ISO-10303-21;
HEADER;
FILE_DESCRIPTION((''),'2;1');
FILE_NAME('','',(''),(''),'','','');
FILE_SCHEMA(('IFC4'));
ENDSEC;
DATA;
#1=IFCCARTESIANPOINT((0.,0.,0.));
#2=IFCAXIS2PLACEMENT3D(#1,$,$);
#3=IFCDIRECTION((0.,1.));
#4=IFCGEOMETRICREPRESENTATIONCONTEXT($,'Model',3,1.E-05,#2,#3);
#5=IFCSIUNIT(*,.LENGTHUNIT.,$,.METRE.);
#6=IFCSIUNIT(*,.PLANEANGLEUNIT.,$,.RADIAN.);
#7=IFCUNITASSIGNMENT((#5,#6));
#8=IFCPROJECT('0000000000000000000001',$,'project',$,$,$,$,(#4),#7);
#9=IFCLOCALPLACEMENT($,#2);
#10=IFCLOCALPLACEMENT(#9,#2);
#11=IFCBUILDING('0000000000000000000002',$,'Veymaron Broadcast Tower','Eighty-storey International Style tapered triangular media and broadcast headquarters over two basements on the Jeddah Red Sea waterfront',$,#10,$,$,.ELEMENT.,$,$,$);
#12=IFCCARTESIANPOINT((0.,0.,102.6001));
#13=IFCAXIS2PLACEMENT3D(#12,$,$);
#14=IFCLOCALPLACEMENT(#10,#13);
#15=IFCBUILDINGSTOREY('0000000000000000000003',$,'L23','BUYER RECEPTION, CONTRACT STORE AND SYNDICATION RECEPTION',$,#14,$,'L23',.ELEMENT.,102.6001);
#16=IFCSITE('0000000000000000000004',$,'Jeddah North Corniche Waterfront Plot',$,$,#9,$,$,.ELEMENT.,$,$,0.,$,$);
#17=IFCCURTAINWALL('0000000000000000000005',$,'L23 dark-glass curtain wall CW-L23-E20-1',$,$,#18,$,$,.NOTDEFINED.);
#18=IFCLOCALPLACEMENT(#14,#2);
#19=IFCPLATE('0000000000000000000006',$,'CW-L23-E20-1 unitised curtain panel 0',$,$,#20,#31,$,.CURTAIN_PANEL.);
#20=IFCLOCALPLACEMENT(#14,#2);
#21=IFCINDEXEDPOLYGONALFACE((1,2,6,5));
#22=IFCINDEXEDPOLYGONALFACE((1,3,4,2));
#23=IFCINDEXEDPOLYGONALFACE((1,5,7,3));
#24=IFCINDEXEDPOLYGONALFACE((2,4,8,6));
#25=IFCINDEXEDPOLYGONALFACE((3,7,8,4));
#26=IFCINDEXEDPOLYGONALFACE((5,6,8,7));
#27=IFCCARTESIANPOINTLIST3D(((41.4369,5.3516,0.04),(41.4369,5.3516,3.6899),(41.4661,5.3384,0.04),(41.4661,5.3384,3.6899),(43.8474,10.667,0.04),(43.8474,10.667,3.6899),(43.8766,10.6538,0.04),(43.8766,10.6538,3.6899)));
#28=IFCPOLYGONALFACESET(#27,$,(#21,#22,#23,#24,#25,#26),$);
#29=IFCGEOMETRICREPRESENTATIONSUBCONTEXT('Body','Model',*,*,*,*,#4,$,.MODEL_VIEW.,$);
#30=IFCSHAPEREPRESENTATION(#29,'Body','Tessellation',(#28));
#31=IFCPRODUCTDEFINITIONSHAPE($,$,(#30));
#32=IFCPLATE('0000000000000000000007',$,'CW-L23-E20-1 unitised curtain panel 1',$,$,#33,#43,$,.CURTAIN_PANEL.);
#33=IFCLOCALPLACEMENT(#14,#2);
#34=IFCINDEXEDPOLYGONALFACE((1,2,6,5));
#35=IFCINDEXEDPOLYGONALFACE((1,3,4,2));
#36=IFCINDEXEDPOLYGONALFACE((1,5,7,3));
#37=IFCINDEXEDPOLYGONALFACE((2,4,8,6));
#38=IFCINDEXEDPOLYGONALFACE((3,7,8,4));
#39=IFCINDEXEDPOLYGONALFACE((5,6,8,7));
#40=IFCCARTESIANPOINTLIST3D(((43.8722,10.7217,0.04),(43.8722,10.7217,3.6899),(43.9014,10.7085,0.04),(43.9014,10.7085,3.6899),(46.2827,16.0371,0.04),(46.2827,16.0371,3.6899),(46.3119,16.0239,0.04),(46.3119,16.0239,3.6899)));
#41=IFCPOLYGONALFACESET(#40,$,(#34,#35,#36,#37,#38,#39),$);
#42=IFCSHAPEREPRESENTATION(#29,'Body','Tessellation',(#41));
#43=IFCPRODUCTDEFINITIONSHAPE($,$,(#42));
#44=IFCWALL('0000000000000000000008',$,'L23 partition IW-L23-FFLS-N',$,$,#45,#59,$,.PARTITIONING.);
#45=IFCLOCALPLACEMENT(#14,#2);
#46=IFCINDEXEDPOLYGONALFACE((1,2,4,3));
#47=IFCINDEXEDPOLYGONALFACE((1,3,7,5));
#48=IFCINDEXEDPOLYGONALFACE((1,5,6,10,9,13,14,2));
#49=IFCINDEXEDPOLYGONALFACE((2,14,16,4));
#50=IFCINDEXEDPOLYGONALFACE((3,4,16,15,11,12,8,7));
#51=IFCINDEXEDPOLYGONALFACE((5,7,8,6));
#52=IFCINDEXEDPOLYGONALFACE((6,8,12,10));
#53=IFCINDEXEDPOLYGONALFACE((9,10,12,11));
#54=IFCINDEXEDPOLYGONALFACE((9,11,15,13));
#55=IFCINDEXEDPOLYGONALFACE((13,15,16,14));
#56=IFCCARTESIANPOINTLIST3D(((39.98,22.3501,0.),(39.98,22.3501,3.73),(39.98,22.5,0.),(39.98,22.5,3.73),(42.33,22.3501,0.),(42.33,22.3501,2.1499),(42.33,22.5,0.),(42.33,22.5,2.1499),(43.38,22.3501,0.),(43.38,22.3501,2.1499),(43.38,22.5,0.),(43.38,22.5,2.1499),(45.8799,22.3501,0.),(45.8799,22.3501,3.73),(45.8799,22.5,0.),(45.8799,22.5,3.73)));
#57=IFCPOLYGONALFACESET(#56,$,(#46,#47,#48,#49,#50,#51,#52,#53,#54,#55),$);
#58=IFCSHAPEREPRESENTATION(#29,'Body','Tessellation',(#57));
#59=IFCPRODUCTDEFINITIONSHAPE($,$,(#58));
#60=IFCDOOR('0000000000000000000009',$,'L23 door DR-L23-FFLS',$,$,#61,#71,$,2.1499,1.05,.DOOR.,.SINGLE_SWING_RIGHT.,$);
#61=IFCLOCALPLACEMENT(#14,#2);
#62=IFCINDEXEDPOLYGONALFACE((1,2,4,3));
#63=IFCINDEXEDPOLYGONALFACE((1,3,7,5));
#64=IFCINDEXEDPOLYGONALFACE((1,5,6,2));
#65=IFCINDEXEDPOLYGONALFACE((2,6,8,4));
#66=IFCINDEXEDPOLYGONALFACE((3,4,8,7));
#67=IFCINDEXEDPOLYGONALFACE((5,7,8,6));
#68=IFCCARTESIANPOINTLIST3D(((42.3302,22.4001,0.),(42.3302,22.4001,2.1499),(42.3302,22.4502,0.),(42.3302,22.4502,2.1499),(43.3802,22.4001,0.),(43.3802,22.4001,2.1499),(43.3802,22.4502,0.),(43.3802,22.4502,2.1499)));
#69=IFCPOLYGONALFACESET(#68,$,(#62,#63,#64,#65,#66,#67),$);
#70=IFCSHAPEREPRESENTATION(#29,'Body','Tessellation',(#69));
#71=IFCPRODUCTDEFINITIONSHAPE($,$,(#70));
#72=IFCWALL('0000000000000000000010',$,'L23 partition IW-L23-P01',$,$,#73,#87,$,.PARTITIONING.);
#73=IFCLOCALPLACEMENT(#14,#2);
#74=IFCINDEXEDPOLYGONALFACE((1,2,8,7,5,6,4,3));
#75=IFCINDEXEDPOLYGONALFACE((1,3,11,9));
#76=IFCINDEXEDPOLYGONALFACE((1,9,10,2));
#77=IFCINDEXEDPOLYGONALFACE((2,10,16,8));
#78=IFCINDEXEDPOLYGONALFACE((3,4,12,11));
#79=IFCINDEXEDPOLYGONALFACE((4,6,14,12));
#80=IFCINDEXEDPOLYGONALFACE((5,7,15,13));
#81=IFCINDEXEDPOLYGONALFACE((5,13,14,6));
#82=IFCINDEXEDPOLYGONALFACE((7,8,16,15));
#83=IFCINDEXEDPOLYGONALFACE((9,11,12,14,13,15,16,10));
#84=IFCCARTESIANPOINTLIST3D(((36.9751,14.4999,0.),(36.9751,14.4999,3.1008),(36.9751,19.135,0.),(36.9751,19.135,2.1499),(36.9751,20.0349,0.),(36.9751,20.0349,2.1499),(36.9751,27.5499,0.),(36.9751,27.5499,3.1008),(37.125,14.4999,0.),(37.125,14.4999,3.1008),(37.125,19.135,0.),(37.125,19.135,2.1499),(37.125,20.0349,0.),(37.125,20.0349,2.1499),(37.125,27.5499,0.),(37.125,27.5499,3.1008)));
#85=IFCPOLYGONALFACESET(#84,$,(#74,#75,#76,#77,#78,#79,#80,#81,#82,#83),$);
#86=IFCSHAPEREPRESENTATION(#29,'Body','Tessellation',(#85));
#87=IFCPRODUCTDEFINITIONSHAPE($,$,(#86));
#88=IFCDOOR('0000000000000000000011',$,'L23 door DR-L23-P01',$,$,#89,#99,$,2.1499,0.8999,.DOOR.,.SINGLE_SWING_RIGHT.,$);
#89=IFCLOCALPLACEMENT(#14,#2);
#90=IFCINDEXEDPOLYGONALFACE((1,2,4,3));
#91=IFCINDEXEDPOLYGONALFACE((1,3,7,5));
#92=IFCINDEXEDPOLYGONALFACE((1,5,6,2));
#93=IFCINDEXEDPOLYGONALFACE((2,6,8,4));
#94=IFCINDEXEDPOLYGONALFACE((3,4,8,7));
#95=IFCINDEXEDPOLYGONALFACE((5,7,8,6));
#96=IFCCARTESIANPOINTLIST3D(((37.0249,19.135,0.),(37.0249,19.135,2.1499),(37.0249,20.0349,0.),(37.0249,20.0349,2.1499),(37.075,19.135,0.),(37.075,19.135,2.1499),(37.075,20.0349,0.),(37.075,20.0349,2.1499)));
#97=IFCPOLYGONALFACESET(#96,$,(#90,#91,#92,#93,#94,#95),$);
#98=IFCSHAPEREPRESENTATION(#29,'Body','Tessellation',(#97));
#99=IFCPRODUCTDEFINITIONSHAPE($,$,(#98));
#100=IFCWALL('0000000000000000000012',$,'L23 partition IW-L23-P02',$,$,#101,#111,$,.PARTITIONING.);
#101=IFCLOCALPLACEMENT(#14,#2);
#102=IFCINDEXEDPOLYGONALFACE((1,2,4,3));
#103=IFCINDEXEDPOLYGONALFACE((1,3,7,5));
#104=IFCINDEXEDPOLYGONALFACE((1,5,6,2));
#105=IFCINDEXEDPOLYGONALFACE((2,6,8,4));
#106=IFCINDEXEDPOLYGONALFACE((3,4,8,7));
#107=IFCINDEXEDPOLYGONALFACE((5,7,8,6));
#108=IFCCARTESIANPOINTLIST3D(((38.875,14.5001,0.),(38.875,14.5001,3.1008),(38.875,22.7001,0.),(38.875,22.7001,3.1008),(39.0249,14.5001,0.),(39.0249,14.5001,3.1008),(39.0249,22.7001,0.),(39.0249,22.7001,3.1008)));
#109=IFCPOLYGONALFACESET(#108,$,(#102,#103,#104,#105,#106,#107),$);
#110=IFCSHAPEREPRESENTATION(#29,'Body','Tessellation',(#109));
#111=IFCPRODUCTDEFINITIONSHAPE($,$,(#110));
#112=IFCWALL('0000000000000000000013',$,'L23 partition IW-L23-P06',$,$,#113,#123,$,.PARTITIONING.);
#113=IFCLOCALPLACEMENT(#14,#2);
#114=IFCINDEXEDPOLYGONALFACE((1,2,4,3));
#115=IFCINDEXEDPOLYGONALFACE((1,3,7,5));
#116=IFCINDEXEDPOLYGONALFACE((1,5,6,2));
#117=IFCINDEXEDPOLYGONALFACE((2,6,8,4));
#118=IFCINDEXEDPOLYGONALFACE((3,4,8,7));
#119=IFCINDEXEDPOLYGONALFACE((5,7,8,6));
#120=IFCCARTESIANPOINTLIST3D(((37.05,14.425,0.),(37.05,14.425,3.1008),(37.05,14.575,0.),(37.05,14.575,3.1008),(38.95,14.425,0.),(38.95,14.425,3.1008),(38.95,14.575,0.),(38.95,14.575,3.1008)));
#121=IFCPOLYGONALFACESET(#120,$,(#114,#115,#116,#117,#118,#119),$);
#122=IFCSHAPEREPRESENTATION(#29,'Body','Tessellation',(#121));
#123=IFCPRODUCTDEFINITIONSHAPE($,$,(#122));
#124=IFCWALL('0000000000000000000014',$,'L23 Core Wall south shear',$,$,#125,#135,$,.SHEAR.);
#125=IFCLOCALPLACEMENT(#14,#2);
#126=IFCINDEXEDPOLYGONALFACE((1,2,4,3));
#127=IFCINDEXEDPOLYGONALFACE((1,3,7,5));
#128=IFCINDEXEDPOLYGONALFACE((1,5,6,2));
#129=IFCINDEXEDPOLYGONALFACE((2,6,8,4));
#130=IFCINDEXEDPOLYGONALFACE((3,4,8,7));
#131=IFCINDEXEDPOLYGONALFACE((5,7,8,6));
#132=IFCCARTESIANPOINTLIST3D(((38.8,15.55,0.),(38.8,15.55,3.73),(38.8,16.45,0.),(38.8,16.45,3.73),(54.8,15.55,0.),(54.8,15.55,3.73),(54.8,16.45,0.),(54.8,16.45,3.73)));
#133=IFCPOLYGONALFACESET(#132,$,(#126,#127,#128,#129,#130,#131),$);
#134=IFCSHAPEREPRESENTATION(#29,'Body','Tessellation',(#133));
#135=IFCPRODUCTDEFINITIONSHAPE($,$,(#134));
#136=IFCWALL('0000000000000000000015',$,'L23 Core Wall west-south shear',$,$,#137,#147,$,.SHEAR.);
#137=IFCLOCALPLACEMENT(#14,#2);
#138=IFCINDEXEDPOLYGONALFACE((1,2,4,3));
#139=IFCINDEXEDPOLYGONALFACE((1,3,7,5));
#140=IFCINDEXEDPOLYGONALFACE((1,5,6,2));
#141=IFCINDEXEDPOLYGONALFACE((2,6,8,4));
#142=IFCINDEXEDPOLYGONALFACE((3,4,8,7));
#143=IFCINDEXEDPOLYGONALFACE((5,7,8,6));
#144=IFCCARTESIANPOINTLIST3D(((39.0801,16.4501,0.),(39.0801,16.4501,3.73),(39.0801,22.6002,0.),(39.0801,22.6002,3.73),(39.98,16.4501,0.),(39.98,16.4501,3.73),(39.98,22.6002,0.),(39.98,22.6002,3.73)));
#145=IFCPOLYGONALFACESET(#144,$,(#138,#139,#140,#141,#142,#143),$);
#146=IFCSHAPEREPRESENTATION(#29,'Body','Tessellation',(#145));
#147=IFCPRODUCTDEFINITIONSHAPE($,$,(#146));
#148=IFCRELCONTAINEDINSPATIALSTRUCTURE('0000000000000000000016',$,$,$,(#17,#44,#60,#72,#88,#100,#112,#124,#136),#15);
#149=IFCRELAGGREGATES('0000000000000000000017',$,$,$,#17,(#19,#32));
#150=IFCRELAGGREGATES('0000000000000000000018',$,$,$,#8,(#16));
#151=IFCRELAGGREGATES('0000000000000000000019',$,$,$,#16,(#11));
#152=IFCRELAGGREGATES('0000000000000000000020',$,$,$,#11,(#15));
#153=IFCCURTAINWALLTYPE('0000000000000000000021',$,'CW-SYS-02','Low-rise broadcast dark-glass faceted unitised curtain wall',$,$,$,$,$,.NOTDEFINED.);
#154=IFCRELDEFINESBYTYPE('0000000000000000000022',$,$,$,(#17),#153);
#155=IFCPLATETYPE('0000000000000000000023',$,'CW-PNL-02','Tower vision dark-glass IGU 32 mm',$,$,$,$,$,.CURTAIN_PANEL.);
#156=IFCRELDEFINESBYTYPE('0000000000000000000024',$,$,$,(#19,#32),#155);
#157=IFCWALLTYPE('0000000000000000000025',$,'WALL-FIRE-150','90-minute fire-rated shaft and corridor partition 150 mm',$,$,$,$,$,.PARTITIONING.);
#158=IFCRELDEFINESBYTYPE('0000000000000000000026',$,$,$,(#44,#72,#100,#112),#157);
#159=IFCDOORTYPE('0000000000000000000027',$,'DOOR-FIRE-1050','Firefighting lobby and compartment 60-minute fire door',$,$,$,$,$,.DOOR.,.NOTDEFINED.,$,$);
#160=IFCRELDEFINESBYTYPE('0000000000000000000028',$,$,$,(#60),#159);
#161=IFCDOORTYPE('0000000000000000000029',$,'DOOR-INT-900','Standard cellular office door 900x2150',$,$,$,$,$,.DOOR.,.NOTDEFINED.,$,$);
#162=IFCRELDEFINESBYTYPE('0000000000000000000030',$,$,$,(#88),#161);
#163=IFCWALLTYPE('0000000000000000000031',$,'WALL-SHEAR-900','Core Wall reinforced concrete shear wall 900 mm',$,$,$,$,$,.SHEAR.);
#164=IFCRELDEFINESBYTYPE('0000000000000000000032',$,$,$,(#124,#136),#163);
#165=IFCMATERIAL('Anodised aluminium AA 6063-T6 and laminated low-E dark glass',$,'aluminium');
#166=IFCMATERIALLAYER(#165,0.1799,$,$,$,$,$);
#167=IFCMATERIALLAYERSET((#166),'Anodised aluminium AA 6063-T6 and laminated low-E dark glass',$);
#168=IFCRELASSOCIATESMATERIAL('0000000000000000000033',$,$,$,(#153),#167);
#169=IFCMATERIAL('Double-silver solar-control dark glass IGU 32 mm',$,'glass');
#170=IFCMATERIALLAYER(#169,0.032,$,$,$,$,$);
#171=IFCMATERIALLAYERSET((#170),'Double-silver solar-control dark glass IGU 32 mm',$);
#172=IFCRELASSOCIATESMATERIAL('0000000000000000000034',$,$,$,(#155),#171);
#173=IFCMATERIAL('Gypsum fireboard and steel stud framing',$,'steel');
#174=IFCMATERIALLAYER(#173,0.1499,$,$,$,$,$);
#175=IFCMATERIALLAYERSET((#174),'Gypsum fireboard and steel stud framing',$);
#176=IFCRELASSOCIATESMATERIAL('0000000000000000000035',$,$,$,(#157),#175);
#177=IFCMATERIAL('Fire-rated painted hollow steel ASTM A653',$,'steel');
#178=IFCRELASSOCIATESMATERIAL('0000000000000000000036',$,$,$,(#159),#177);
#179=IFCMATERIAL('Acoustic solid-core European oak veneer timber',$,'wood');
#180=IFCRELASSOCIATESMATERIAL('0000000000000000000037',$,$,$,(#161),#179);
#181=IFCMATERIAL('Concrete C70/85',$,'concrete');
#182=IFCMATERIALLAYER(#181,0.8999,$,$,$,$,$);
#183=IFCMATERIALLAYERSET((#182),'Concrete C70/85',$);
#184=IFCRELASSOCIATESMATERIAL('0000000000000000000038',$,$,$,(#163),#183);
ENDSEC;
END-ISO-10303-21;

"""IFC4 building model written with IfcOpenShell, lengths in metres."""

from ifc_helpers import new_model, si_unit, direction, frame, frame_2d, origin, origin_2d, place, context, subcontext, project, spatial, rectangle, extrude, material, layer, layer_set, type_object, element, fill, aggregate, save


model = new_model("IFC4")

# Units and contexts
model_context = context("Model", 3, precision=1e-05, world=origin(), true_north=direction((0.0, 1.0)))
body_context = subcontext(model_context, "Body", "Model", "MODEL_VIEW")
ifc_project = project(units=[si_unit("LENGTHUNIT", "METRE"), si_unit("PLANEANGLEUNIT", "RADIAN")], contexts=[model_context])

# Site, building, storey
site_placement = place(None, origin())
site = spatial("IfcSite", under=ifc_project, at=site_placement, Name="Jeddah North Corniche Waterfront Plot", CompositionType="ELEMENT", RefElevation=0.0)
building_placement = place(site_placement, origin())
building = spatial("IfcBuilding", under=site, at=building_placement, Name="Veymaron Broadcast Tower", Description="Eighty-storey International Style tapered triangular media and broadcast headquarters over two basements on the Jeddah Red Sea waterfront", CompositionType="ELEMENT")
storey_placement = place(building_placement, frame((0.0, 0.0, 102.6001)))
storey = spatial("IfcBuildingStorey", under=building, at=storey_placement, Name="L23", Description="BUYER RECEPTION, CONTRACT STORE AND SYNDICATION RECEPTION", LongName="L23", CompositionType="ELEMENT", Elevation=102.6001)

# Shared definitions
ifc_material_1 = material(Name="Concrete C70/85", Category="concrete")

# Curtain wall, plates
ifc_material_2 = material(Name="Anodised aluminium AA 6063-T6 and laminated low-E dark glass", Category="aluminium")
ifc_layer_1 = layer(ifc_material_2, 0.1799)
ifc_layer_set_1 = layer_set([ifc_layer_1], Name="Anodised aluminium AA 6063-T6 and laminated low-E dark glass")
curtain_wall_type = type_object("IfcCurtainWallType", Name="CW-SYS-02", Description="Low-rise broadcast dark-glass faceted unitised curtain wall", PredefinedType="NOTDEFINED", material=ifc_layer_set_1)
curtain_wall_placement = place(storey_placement, origin())
curtain_wall = element("IfcCurtainWall", 1, at=curtain_wall_placement, inside=storey, type_object=curtain_wall_type, Name="L23 dark-glass curtain wall CW-L23-E20-1", PredefinedType="NOTDEFINED")
ifc_material_3 = material(Name="Double-silver solar-control dark glass IGU 32 mm", Category="glass")
ifc_layer_2 = layer(ifc_material_3, 0.032)
ifc_layer_set_2 = layer_set([ifc_layer_2], Name="Double-silver solar-control dark glass IGU 32 mm")
plate_type = type_object("IfcPlateType", Name="CW-PNL-02", Description="Tower vision dark-glass IGU 32 mm", PredefinedType="CURTAIN_PANEL", material=ifc_layer_set_2)
plate_1_placement = place(storey_placement, frame((42.6567, 8.0027, 0.04), z_axis=(0.0, 0.0, 1.0), x_axis=(0.413009, 0.910727, 0.0)))
plate_1 = element("IfcPlate", 2, at=plate_1_placement, type_object=plate_type, Name="CW-L23-E20-1 unitised curtain panel 0", PredefinedType="CURTAIN_PANEL", context=body_context, shape_type="SweptSolid", body=[
    extrude(rectangle(XDim=5.8364, YDim=0.032, at=origin_2d()), origin(), (0.0, 0.0, 1.0), 3.6499),
])
plate_2_placement = place(storey_placement, frame((45.092, 13.3728, 0.04), z_axis=(0.0, 0.0, 1.0), x_axis=(0.413009, 0.910727, 0.0)))
plate_2 = element("IfcPlate", 3, at=plate_2_placement, type_object=plate_type, Name="CW-L23-E20-1 unitised curtain panel 1", PredefinedType="CURTAIN_PANEL", context=body_context, shape_type="SweptSolid", body=[
    extrude(rectangle(XDim=5.8364, YDim=0.032, at=origin_2d()), origin(), (0.0, 0.0, 1.0), 3.6499),
])
aggregate(curtain_wall, [plate_1, plate_2])

# Walls, openings, doors
ifc_material_4 = material(Name="Gypsum fireboard and steel stud framing", Category="steel")
ifc_layer_3 = layer(ifc_material_4, 0.1499)
ifc_layer_set_3 = layer_set([ifc_layer_3], Name="Gypsum fireboard and steel stud framing")
wall_type_1 = type_object("IfcWallType", Name="WALL-FIRE-150", Description="90-minute fire-rated shaft and corridor partition 150 mm", PredefinedType="PARTITIONING", material=ifc_layer_set_3)
wall_1_placement = place(storey_placement, frame((39.98, 22.425, 0.0), z_axis=(0.0, 0.0, 1.0), x_axis=(1.0, 0.0, 0.0)))
wall_1 = element("IfcWall", 4, at=wall_1_placement, inside=storey, type_object=wall_type_1, Name="L23 partition IW-L23-FFLS-N", PredefinedType="PARTITIONING", context=body_context, shape_type="SweptSolid", body=[
    extrude(rectangle(XDim=5.8999, YDim=0.1499, at=frame_2d((2.95, 0.0))), origin(), (0.0, 0.0, 1.0), 3.73),
])
opening_1_placement = place(wall_1_placement, frame((2.3501, 0.0, 0.0)))
opening_1 = element("IfcOpeningElement", 5, at=opening_1_placement, cuts=wall_1, PredefinedType="OPENING", context=body_context, shape_type="SweptSolid", body=[
    extrude(rectangle(XDim=1.05, YDim=2.1499, at=frame_2d((0.5249, 1.075))), frame((0.0, 0.085, 0.0), z_axis=(0.0, -1.0, 0.0), x_axis=(1.0, 0.0, 0.0)), (0.0, 0.0, 1.0), 0.1699),
])
ifc_material_5 = material(Name="Fire-rated painted hollow steel ASTM A653", Category="steel")
door_type_1 = type_object("IfcDoorType", Name="DOOR-FIRE-1050", Description="Firefighting lobby and compartment 60-minute fire door", OperationType="NOTDEFINED", PredefinedType="DOOR", material=ifc_material_5)
door_1_placement = place(opening_1_placement, frame((1.05, 0.0, 0.0), z_axis=(0.0, 0.0, 1.0), x_axis=(-1.0, 0.0, 0.0)))
door_1 = element("IfcDoor", 6, at=door_1_placement, inside=storey, type_object=door_type_1, Name="L23 door DR-L23-FFLS", OperationType="SINGLE_SWING_RIGHT", OverallHeight=2.1499, OverallWidth=1.05, PredefinedType="DOOR", context=body_context, shape_type="SweptSolid", body=[
    extrude(rectangle(XDim=1.05, YDim=2.1499, at=frame_2d((0.5249, 1.075))), frame((0.0, 0.0249, 0.0), z_axis=(0.0, -1.0, 0.0), x_axis=(1.0, 0.0, 0.0)), (0.0, 0.0, 1.0), 0.05),
])
fill(opening_1, door_1)
wall_2_placement = place(storey_placement, frame((37.05, 14.5, 0.0), z_axis=(0.0, 0.0, 1.0), x_axis=(0.0, 1.0, 0.0)))
wall_2 = element("IfcWall", 7, at=wall_2_placement, inside=storey, type_object=wall_type_1, Name="L23 partition IW-L23-P01", PredefinedType="PARTITIONING", context=body_context, shape_type="SweptSolid", body=[
    extrude(rectangle(XDim=13.05, YDim=0.1499, at=frame_2d((6.5249, 0.0))), origin(), (0.0, 0.0, 1.0), 3.1008),
])
opening_2_placement = place(wall_2_placement, frame((4.635, 0.0, 0.0)))
opening_2 = element("IfcOpeningElement", 8, at=opening_2_placement, cuts=wall_2, PredefinedType="OPENING", context=body_context, shape_type="SweptSolid", body=[
    extrude(rectangle(XDim=0.8999, YDim=2.1499, at=frame_2d((0.45, 1.075))), frame((0.0, 0.085, 0.0), z_axis=(0.0, -1.0, 0.0), x_axis=(1.0, 0.0, 0.0)), (0.0, 0.0, 1.0), 0.1699),
])
ifc_material_6 = material(Name="Acoustic solid-core European oak veneer timber", Category="wood")
door_type_2 = type_object("IfcDoorType", Name="DOOR-INT-900", Description="Standard cellular office door 900x2150", OperationType="NOTDEFINED", PredefinedType="DOOR", material=ifc_material_6)
door_2_placement = place(opening_2_placement, frame((0.8999, 0.0, 0.0), z_axis=(0.0, 0.0, 1.0), x_axis=(-1.0, 0.0, 0.0)))
door_2 = element("IfcDoor", 9, at=door_2_placement, inside=storey, type_object=door_type_2, Name="L23 door DR-L23-P01", OperationType="SINGLE_SWING_RIGHT", OverallHeight=2.1499, OverallWidth=0.8999, PredefinedType="DOOR", context=body_context, shape_type="SweptSolid", body=[
    extrude(rectangle(XDim=0.8999, YDim=2.1499, at=frame_2d((0.45, 1.075))), frame((0.0, 0.0249, 0.0), z_axis=(0.0, -1.0, 0.0), x_axis=(1.0, 0.0, 0.0)), (0.0, 0.0, 1.0), 0.05),
])
fill(opening_2, door_2)

# Walls
wall_3_placement = place(storey_placement, frame((38.95, 14.5, 0.0), z_axis=(0.0, 0.0, 1.0), x_axis=(0.0, 1.0, 0.0)))
element("IfcWall", 10, at=wall_3_placement, inside=storey, type_object=wall_type_1, Name="L23 partition IW-L23-P02", PredefinedType="PARTITIONING", context=body_context, shape_type="SweptSolid", body=[
    extrude(rectangle(XDim=8.2, YDim=0.1499, at=frame_2d((4.1001, 0.0))), origin(), (0.0, 0.0, 1.0), 3.1008),
])
wall_4_placement = place(storey_placement, frame((37.05, 14.5, 0.0), z_axis=(0.0, 0.0, 1.0), x_axis=(1.0, 0.0, 0.0)))
element("IfcWall", 11, at=wall_4_placement, inside=storey, type_object=wall_type_1, Name="L23 partition IW-L23-P06", PredefinedType="PARTITIONING", context=body_context, shape_type="SweptSolid", body=[
    extrude(rectangle(XDim=1.8999, YDim=0.1499, at=frame_2d((0.95, 0.0))), origin(), (0.0, 0.0, 1.0), 3.1008),
])

# Walls
ifc_layer_4 = layer(ifc_material_1, 0.8999)
ifc_layer_set_4 = layer_set([ifc_layer_4], Name="Concrete C70/85")
wall_type_2 = type_object("IfcWallType", Name="WALL-SHEAR-900", Description="Core Wall reinforced concrete shear wall 900 mm", PredefinedType="SHEAR", material=ifc_layer_set_4)
wall_5_placement = place(storey_placement, frame((38.8, 16.0, 0.0), z_axis=(0.0, 0.0, 1.0), x_axis=(1.0, 0.0, 0.0)))
element("IfcWall", 12, at=wall_5_placement, inside=storey, type_object=wall_type_2, Name="L23 Core Wall south shear", PredefinedType="SHEAR", context=body_context, shape_type="SweptSolid", body=[
    extrude(rectangle(XDim=16.0, YDim=0.8999, at=frame_2d((8.0, 0.0))), origin(), (0.0, 0.0, 1.0), 3.73),
])
wall_6_placement = place(storey_placement, frame((39.53, 16.45, 0.0), z_axis=(0.0, 0.0, 1.0), x_axis=(0.0, 1.0, 0.0)))
element("IfcWall", 13, at=wall_6_placement, inside=storey, type_object=wall_type_2, Name="L23 Core Wall west-south shear", PredefinedType="SHEAR", context=body_context, shape_type="SweptSolid", body=[
    extrude(rectangle(XDim=6.1501, YDim=0.8999, at=frame_2d((3.0752, 0.0))), origin(), (0.0, 0.0, 1.0), 3.73),
])

save(model, "model.ifc")
